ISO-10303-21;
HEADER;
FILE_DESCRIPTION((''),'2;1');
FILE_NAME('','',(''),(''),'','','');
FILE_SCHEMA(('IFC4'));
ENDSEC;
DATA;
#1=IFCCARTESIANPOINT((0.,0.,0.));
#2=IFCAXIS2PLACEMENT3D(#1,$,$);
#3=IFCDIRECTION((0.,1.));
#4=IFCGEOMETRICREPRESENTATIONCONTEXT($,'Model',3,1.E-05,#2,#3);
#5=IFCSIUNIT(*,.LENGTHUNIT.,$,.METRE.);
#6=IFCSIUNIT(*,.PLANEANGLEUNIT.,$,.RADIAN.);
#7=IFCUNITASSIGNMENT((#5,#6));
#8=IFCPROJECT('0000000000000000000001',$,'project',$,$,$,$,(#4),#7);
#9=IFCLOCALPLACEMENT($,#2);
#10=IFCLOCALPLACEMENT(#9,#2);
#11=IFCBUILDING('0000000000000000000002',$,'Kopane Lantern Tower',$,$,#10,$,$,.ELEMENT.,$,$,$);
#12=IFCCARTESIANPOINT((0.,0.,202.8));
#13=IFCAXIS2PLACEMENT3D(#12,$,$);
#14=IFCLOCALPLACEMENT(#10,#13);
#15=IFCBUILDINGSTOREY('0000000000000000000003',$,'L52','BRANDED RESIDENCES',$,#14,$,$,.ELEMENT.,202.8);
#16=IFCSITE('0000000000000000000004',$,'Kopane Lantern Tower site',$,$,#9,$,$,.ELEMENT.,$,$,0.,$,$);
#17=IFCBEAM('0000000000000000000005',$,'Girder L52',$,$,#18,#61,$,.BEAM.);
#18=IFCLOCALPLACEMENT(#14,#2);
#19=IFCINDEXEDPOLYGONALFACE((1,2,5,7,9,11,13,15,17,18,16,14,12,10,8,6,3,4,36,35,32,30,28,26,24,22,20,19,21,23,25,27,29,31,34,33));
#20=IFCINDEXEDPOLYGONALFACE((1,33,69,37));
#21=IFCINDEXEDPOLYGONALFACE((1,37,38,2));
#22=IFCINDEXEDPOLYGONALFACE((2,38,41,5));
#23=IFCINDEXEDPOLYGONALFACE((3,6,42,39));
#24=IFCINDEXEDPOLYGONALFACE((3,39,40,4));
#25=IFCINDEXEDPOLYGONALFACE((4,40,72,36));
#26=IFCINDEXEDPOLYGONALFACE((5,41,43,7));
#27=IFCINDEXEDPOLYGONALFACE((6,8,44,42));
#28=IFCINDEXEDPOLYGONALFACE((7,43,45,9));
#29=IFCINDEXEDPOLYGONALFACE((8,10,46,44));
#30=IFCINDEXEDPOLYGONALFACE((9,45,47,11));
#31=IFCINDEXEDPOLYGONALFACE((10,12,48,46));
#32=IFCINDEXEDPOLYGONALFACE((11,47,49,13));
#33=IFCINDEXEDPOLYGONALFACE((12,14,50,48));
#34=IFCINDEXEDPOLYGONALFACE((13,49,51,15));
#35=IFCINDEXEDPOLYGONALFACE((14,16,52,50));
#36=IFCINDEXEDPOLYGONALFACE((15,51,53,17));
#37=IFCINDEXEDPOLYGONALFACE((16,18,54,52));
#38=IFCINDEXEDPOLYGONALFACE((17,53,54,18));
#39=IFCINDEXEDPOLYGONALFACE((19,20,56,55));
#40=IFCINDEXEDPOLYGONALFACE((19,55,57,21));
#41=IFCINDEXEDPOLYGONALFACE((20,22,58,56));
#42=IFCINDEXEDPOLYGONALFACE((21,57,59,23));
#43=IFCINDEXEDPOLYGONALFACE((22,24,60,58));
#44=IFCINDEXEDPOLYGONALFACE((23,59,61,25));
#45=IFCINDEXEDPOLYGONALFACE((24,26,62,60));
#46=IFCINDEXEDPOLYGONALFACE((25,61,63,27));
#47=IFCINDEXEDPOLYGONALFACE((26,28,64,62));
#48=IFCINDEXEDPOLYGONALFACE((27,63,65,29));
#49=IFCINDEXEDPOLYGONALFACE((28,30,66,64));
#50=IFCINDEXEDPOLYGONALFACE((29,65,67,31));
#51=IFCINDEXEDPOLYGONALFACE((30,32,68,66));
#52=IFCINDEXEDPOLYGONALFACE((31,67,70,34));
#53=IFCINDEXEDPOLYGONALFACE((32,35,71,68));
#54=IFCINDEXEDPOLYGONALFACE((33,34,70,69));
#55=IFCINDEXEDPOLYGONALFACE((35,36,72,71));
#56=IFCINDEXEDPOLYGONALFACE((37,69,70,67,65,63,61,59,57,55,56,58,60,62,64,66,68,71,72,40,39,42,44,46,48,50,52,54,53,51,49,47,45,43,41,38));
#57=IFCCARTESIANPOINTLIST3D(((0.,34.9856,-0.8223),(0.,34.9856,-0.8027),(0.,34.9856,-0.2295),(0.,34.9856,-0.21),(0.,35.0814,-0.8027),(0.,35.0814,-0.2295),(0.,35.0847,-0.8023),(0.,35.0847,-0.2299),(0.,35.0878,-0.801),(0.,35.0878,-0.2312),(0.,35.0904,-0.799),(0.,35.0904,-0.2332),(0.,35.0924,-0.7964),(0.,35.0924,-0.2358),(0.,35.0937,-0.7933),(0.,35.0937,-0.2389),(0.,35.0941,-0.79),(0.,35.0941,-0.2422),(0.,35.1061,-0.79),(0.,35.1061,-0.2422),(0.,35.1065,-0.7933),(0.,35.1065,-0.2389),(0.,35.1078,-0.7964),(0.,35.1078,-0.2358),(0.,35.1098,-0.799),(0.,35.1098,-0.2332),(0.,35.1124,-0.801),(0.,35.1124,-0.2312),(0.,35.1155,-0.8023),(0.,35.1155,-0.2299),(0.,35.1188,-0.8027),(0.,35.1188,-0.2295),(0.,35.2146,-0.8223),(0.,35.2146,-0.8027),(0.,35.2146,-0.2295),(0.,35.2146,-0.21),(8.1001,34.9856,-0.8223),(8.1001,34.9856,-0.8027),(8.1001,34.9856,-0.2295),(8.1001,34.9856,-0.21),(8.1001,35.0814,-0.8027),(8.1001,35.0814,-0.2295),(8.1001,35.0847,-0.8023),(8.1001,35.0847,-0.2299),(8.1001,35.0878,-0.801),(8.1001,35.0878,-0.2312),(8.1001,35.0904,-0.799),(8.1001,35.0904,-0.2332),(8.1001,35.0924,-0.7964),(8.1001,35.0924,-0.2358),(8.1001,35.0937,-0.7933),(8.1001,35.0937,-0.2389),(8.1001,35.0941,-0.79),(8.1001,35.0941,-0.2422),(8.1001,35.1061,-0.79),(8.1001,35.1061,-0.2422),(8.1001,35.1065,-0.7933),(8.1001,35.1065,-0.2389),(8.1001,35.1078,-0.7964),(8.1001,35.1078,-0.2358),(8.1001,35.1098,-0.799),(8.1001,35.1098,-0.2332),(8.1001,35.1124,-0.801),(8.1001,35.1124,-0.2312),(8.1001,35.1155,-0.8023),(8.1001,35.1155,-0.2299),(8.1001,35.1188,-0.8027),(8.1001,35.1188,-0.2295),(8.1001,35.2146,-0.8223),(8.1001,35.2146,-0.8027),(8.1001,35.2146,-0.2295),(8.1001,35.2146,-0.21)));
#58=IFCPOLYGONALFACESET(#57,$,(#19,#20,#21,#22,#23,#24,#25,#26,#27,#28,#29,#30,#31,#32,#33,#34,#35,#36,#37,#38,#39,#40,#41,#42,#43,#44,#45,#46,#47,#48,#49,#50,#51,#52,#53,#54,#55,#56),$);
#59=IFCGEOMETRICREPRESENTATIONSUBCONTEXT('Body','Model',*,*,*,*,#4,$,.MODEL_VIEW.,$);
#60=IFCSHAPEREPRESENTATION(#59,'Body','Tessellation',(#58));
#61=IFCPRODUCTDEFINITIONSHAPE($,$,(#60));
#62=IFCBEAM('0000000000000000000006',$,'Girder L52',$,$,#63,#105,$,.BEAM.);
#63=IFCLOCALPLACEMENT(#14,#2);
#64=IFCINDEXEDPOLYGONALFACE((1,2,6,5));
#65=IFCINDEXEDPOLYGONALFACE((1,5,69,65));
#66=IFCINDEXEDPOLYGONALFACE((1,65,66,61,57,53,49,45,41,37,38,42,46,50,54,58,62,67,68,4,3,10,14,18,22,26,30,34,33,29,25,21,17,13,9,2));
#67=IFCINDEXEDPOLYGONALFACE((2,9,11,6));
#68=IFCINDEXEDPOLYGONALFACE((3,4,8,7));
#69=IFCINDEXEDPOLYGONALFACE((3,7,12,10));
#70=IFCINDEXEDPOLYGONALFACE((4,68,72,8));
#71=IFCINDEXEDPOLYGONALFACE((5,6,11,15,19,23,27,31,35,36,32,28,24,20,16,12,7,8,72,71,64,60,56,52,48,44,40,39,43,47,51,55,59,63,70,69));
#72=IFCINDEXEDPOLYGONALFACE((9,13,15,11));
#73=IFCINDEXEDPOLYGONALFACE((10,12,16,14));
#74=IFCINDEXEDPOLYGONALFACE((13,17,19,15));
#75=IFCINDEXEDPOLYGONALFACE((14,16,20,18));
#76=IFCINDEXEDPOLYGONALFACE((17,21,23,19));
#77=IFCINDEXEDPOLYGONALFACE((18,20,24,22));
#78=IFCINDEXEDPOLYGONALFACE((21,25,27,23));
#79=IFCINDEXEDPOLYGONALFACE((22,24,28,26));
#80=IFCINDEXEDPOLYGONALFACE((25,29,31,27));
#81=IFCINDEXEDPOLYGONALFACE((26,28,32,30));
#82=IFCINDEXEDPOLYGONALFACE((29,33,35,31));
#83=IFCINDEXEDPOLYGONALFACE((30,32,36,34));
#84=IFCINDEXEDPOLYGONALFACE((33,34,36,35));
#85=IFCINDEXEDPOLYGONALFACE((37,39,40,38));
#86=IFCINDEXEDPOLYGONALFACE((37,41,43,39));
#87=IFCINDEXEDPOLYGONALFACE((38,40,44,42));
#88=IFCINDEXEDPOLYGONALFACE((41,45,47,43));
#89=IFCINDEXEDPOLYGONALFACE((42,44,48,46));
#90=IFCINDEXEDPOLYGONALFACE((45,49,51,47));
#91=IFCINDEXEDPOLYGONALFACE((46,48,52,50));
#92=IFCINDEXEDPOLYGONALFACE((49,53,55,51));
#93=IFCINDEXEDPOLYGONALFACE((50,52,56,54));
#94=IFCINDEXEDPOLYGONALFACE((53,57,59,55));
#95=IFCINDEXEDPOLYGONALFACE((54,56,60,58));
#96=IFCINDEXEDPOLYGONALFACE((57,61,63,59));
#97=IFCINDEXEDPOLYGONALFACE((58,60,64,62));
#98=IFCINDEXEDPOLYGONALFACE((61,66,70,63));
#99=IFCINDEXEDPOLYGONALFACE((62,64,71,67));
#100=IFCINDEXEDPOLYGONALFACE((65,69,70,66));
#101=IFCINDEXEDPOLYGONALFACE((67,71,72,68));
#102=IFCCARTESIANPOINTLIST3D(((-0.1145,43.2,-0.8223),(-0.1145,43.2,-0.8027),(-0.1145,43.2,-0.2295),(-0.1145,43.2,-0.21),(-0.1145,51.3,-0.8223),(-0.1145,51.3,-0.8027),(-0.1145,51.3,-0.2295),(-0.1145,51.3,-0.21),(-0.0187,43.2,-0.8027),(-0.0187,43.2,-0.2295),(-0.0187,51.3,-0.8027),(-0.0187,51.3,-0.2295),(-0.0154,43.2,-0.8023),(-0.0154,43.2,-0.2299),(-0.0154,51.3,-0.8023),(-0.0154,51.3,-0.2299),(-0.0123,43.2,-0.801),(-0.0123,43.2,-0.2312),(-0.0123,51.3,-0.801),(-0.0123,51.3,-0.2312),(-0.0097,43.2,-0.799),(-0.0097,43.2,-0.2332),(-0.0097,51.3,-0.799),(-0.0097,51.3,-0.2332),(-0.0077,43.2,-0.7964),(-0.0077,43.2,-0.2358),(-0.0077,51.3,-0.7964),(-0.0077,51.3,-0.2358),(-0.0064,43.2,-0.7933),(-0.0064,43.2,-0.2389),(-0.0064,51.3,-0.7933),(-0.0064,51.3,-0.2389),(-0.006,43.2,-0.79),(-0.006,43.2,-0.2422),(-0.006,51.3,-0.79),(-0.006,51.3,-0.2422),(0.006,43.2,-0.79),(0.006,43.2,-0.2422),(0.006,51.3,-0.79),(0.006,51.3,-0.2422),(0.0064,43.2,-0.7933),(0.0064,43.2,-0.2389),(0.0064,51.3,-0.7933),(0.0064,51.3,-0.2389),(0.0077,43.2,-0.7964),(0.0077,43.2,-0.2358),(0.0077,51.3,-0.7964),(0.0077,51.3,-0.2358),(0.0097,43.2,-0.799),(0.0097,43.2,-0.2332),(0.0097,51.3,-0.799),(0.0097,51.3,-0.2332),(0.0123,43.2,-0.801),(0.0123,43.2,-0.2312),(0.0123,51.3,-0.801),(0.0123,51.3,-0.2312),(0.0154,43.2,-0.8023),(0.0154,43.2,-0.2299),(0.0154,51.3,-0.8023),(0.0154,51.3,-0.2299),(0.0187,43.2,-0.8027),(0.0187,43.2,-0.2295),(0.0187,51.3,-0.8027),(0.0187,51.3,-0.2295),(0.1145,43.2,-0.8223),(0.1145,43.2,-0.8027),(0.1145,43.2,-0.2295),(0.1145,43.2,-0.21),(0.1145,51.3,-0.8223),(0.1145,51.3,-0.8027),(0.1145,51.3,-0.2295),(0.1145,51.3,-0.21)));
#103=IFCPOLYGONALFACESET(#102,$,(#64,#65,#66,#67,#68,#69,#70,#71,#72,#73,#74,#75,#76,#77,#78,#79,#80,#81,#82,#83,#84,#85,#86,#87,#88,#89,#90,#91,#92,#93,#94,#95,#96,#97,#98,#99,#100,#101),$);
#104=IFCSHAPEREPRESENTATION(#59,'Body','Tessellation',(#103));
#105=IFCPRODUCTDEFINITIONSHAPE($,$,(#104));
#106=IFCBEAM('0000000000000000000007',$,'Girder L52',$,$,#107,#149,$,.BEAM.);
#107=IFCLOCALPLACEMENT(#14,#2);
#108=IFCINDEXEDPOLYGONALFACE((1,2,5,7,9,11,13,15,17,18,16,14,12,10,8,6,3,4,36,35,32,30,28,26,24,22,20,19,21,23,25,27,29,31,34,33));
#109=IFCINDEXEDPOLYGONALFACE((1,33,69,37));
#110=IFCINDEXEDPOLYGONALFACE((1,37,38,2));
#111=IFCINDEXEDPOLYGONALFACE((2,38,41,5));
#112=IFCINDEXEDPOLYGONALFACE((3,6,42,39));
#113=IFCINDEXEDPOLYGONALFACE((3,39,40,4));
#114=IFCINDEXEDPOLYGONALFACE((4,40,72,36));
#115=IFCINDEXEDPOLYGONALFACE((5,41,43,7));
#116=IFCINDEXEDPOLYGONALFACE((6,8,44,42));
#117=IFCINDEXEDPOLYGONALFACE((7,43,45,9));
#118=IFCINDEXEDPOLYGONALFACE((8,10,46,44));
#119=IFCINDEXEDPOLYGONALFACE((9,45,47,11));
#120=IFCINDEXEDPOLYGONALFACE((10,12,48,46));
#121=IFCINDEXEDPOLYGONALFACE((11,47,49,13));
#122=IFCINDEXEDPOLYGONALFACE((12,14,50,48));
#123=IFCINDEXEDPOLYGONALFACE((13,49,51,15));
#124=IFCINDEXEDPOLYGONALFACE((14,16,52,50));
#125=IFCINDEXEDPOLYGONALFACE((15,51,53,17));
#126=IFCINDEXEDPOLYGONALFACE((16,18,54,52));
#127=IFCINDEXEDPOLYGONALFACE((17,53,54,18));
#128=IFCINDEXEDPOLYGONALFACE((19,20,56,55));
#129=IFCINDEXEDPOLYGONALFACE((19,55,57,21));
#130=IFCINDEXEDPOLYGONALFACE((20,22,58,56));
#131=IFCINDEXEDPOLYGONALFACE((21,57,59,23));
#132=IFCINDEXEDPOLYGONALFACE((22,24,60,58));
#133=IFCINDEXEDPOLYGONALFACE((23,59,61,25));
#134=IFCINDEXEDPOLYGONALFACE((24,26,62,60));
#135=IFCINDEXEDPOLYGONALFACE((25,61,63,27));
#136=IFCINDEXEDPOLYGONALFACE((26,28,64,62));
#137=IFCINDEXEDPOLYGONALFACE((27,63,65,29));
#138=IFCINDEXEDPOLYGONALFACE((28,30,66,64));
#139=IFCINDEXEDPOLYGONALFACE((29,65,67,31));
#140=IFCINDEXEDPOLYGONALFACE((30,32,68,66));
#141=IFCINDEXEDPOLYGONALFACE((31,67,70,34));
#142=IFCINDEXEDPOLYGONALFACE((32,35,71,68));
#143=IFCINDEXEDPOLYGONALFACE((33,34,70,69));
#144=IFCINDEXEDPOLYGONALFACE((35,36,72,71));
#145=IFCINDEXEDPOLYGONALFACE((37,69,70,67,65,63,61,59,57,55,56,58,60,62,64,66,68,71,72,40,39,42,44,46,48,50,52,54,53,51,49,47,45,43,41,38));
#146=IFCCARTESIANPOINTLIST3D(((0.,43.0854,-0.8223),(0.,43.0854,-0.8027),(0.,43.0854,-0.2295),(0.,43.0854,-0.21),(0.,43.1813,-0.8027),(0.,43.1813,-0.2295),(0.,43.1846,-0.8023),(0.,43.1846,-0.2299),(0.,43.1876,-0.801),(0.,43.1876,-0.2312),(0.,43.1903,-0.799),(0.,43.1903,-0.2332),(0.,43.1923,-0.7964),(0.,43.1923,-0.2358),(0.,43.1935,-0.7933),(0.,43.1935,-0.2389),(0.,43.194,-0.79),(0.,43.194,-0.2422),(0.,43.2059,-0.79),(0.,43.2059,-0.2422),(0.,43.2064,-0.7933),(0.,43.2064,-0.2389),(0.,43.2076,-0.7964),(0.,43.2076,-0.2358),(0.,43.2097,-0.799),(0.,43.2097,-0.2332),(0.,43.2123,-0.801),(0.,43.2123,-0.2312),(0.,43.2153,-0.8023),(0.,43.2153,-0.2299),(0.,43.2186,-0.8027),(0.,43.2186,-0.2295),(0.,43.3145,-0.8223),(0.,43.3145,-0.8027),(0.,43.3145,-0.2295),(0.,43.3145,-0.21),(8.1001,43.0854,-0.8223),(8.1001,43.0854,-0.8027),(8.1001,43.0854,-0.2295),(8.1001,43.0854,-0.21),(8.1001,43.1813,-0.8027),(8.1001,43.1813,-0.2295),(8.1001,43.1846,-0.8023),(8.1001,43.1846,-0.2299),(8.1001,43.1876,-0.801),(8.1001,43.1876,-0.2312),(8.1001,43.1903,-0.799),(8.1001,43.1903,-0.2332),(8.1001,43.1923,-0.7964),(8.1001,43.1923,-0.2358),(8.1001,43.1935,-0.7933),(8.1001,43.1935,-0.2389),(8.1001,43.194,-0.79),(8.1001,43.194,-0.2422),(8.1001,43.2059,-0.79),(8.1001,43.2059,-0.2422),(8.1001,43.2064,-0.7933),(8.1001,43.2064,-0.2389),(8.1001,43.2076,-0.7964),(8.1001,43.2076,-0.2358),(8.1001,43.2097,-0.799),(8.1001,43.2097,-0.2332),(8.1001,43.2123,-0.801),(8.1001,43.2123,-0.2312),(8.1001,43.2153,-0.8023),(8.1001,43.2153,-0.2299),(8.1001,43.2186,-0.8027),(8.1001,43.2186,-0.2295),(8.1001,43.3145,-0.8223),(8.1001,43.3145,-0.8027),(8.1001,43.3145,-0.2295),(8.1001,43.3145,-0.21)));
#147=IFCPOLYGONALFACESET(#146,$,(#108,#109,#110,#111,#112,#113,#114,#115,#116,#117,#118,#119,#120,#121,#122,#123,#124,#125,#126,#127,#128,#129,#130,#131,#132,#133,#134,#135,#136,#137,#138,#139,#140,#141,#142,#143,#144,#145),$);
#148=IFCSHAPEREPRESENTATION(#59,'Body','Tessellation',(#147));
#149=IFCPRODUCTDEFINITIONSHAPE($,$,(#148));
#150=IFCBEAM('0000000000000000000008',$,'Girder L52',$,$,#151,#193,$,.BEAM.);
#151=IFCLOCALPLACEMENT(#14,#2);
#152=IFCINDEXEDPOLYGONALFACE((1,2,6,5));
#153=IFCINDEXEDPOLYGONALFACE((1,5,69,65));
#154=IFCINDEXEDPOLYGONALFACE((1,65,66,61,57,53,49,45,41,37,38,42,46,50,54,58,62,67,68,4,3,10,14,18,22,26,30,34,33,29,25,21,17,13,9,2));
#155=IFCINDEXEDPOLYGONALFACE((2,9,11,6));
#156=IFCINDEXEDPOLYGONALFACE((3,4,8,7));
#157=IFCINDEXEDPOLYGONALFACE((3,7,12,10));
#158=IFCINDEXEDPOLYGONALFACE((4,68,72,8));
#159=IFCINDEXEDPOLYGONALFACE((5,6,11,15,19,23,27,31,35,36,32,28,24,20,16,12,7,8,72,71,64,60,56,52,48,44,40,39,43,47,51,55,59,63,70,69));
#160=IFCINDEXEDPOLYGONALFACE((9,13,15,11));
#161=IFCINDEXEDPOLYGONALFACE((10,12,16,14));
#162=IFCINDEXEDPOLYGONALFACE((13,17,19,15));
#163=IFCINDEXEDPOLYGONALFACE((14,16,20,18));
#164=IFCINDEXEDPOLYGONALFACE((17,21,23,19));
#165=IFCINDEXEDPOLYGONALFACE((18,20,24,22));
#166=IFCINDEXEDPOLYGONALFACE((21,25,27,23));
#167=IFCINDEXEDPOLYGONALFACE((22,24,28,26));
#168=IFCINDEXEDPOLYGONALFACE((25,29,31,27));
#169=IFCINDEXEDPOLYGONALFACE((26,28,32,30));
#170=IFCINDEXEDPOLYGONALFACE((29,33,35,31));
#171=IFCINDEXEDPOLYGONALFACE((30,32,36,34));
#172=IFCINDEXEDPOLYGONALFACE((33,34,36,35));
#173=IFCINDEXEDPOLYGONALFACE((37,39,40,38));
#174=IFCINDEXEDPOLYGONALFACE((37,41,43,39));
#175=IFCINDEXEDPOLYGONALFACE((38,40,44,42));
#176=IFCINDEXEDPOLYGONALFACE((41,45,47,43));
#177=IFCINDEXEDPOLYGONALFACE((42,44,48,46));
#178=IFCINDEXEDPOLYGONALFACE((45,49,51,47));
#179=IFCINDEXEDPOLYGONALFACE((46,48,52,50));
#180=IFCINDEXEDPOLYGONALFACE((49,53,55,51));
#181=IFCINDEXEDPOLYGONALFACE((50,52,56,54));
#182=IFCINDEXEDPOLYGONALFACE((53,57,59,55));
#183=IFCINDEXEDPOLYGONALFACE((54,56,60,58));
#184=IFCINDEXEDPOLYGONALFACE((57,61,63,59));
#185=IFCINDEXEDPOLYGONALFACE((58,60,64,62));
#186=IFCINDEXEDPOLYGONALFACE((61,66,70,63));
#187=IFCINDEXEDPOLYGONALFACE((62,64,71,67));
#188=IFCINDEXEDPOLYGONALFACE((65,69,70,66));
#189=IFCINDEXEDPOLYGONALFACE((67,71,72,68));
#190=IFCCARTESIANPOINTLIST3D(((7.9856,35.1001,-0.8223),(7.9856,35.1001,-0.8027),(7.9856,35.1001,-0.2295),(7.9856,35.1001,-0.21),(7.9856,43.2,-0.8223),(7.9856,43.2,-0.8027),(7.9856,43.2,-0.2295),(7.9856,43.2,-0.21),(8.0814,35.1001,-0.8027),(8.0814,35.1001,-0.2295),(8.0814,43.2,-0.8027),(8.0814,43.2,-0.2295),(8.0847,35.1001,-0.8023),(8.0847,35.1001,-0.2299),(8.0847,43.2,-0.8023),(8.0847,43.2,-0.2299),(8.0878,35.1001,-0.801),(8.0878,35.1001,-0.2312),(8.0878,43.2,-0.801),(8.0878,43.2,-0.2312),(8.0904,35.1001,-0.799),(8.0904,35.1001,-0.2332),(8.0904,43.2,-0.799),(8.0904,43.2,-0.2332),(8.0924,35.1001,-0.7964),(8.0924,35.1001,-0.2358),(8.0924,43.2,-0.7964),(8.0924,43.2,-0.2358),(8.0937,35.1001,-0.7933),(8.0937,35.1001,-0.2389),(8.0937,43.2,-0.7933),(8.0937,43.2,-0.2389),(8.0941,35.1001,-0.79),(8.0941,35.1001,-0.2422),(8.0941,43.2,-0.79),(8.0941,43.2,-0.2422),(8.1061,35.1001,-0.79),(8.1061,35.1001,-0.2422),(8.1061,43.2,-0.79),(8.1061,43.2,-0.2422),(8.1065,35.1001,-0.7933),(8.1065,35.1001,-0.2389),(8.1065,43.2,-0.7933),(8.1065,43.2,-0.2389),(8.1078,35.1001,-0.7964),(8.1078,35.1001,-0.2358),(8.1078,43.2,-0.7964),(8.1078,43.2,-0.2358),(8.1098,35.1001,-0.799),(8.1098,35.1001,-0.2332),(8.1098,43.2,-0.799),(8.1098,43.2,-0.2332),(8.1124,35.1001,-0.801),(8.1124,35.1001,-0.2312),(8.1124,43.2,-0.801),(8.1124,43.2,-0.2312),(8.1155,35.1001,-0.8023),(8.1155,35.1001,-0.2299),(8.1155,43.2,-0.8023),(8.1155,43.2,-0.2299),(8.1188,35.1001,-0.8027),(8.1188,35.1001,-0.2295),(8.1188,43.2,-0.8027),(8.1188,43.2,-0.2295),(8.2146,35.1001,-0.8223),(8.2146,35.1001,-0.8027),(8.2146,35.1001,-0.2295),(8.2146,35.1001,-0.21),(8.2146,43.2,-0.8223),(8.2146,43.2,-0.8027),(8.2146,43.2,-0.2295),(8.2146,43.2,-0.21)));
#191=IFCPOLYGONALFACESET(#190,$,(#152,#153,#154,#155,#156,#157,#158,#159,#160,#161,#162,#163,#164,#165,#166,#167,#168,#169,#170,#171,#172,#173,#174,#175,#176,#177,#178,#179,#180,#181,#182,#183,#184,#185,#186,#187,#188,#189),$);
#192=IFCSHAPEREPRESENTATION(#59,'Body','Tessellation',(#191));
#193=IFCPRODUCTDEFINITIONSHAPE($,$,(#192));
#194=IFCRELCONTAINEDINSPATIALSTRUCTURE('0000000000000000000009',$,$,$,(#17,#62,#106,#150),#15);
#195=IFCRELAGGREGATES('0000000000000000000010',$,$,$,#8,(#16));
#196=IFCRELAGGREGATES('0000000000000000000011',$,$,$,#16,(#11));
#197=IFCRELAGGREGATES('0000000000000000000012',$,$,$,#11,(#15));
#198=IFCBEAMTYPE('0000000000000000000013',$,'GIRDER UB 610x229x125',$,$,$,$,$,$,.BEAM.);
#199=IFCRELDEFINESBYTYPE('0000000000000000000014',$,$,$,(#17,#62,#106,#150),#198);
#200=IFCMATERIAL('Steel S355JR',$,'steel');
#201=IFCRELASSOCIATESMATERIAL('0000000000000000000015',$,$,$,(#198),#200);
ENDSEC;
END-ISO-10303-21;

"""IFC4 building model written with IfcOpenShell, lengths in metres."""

from ifc_helpers import new_model, si_unit, direction, frame, origin, origin_2d, place, context, subcontext, project, spatial, i_section, extrude, material, material_profile, profile_set, type_object, element, save


model = new_model("IFC4")

# Units and contexts
model_context = context("Model", 3, precision=1e-05, world=origin(), true_north=direction((0.0, 1.0)))
body_context = subcontext(model_context, "Body", "Model", "MODEL_VIEW")
ifc_project = project(units=[si_unit("LENGTHUNIT", "METRE"), si_unit("PLANEANGLEUNIT", "RADIAN")], contexts=[model_context])

# Site, building, storey
site_placement = place(None, origin())
site = spatial("IfcSite", under=ifc_project, at=site_placement, Name="Kopane Lantern Tower site", CompositionType="ELEMENT", RefElevation=0.0)
building_placement = place(site_placement, origin())
building = spatial("IfcBuilding", under=site, at=building_placement, Name="Kopane Lantern Tower", CompositionType="ELEMENT")
storey_placement = place(building_placement, frame((0.0, 0.0, 202.8)))
storey = spatial("IfcBuildingStorey", under=building, at=storey_placement, Name="L52", Description="BRANDED RESIDENCES", CompositionType="ELEMENT", Elevation=202.8)

# Beams
ifc_material_1 = material(Name="Steel S355JR", Category="steel")
ifc_material_profile_1 = material_profile(ifc_material_1, i_section(OverallWidth=0.229, OverallDepth=0.6123, WebThickness=0.012, FlangeThickness=0.0195, FilletRadius=0.0127, at=origin_2d()), Name="UB 610x229x125")
ifc_profile_set_1 = profile_set([ifc_material_profile_1], Name="Steel S355JR")
beam_type = type_object("IfcBeamType", Name="GIRDER UB 610x229x125", PredefinedType="BEAM", material=ifc_profile_set_1)
for number, where, z_axis, x_axis, name in (
    (1, (0.0, 35.1001, -0.5161), (1.0, 0.0, 0.0), (0.0, 1.0, 0.0), "Girder L52"),
    (2, (0.0, 43.2, -0.5161), (0.0, 1.0, 0.0), (-1.0, 0.0, 0.0), "Girder L52"),
    (3, (0.0, 43.2, -0.5161), (1.0, 0.0, 0.0), (0.0, 1.0, 0.0), "Girder L52"),
):
    element("IfcBeam", number, at=place(storey_placement, frame(where, z_axis=z_axis, x_axis=x_axis)), inside=storey, type_object=beam_type, Name=name, PredefinedType="BEAM", context=body_context, shape_type="SweptSolid", body=[
        extrude(i_section(OverallWidth=0.229, OverallDepth=0.6123, WebThickness=0.012, FlangeThickness=0.0195, FilletRadius=0.0127, at=origin_2d()), origin(), (0.0, 0.0, 1.0), 8.1001),
    ])
for number, where, z_axis, x_axis, name in (
    (4, (8.1001, 35.1001, -0.5161), (0.0, 1.0, 0.0), (-1.0, 0.0, 0.0), "Girder L52"),
):
    element("IfcBeam", number, at=place(storey_placement, frame(where, z_axis=z_axis, x_axis=x_axis)), inside=storey, type_object=beam_type, Name=name, PredefinedType="BEAM", context=body_context, shape_type="SweptSolid", body=[
        extrude(i_section(OverallWidth=0.229, OverallDepth=0.6123, WebThickness=0.012, FlangeThickness=0.0195, FilletRadius=0.0127, at=origin_2d()), origin(), (0.0, 0.0, 1.0), 8.0999),
    ])

save(model, "model.ifc")
